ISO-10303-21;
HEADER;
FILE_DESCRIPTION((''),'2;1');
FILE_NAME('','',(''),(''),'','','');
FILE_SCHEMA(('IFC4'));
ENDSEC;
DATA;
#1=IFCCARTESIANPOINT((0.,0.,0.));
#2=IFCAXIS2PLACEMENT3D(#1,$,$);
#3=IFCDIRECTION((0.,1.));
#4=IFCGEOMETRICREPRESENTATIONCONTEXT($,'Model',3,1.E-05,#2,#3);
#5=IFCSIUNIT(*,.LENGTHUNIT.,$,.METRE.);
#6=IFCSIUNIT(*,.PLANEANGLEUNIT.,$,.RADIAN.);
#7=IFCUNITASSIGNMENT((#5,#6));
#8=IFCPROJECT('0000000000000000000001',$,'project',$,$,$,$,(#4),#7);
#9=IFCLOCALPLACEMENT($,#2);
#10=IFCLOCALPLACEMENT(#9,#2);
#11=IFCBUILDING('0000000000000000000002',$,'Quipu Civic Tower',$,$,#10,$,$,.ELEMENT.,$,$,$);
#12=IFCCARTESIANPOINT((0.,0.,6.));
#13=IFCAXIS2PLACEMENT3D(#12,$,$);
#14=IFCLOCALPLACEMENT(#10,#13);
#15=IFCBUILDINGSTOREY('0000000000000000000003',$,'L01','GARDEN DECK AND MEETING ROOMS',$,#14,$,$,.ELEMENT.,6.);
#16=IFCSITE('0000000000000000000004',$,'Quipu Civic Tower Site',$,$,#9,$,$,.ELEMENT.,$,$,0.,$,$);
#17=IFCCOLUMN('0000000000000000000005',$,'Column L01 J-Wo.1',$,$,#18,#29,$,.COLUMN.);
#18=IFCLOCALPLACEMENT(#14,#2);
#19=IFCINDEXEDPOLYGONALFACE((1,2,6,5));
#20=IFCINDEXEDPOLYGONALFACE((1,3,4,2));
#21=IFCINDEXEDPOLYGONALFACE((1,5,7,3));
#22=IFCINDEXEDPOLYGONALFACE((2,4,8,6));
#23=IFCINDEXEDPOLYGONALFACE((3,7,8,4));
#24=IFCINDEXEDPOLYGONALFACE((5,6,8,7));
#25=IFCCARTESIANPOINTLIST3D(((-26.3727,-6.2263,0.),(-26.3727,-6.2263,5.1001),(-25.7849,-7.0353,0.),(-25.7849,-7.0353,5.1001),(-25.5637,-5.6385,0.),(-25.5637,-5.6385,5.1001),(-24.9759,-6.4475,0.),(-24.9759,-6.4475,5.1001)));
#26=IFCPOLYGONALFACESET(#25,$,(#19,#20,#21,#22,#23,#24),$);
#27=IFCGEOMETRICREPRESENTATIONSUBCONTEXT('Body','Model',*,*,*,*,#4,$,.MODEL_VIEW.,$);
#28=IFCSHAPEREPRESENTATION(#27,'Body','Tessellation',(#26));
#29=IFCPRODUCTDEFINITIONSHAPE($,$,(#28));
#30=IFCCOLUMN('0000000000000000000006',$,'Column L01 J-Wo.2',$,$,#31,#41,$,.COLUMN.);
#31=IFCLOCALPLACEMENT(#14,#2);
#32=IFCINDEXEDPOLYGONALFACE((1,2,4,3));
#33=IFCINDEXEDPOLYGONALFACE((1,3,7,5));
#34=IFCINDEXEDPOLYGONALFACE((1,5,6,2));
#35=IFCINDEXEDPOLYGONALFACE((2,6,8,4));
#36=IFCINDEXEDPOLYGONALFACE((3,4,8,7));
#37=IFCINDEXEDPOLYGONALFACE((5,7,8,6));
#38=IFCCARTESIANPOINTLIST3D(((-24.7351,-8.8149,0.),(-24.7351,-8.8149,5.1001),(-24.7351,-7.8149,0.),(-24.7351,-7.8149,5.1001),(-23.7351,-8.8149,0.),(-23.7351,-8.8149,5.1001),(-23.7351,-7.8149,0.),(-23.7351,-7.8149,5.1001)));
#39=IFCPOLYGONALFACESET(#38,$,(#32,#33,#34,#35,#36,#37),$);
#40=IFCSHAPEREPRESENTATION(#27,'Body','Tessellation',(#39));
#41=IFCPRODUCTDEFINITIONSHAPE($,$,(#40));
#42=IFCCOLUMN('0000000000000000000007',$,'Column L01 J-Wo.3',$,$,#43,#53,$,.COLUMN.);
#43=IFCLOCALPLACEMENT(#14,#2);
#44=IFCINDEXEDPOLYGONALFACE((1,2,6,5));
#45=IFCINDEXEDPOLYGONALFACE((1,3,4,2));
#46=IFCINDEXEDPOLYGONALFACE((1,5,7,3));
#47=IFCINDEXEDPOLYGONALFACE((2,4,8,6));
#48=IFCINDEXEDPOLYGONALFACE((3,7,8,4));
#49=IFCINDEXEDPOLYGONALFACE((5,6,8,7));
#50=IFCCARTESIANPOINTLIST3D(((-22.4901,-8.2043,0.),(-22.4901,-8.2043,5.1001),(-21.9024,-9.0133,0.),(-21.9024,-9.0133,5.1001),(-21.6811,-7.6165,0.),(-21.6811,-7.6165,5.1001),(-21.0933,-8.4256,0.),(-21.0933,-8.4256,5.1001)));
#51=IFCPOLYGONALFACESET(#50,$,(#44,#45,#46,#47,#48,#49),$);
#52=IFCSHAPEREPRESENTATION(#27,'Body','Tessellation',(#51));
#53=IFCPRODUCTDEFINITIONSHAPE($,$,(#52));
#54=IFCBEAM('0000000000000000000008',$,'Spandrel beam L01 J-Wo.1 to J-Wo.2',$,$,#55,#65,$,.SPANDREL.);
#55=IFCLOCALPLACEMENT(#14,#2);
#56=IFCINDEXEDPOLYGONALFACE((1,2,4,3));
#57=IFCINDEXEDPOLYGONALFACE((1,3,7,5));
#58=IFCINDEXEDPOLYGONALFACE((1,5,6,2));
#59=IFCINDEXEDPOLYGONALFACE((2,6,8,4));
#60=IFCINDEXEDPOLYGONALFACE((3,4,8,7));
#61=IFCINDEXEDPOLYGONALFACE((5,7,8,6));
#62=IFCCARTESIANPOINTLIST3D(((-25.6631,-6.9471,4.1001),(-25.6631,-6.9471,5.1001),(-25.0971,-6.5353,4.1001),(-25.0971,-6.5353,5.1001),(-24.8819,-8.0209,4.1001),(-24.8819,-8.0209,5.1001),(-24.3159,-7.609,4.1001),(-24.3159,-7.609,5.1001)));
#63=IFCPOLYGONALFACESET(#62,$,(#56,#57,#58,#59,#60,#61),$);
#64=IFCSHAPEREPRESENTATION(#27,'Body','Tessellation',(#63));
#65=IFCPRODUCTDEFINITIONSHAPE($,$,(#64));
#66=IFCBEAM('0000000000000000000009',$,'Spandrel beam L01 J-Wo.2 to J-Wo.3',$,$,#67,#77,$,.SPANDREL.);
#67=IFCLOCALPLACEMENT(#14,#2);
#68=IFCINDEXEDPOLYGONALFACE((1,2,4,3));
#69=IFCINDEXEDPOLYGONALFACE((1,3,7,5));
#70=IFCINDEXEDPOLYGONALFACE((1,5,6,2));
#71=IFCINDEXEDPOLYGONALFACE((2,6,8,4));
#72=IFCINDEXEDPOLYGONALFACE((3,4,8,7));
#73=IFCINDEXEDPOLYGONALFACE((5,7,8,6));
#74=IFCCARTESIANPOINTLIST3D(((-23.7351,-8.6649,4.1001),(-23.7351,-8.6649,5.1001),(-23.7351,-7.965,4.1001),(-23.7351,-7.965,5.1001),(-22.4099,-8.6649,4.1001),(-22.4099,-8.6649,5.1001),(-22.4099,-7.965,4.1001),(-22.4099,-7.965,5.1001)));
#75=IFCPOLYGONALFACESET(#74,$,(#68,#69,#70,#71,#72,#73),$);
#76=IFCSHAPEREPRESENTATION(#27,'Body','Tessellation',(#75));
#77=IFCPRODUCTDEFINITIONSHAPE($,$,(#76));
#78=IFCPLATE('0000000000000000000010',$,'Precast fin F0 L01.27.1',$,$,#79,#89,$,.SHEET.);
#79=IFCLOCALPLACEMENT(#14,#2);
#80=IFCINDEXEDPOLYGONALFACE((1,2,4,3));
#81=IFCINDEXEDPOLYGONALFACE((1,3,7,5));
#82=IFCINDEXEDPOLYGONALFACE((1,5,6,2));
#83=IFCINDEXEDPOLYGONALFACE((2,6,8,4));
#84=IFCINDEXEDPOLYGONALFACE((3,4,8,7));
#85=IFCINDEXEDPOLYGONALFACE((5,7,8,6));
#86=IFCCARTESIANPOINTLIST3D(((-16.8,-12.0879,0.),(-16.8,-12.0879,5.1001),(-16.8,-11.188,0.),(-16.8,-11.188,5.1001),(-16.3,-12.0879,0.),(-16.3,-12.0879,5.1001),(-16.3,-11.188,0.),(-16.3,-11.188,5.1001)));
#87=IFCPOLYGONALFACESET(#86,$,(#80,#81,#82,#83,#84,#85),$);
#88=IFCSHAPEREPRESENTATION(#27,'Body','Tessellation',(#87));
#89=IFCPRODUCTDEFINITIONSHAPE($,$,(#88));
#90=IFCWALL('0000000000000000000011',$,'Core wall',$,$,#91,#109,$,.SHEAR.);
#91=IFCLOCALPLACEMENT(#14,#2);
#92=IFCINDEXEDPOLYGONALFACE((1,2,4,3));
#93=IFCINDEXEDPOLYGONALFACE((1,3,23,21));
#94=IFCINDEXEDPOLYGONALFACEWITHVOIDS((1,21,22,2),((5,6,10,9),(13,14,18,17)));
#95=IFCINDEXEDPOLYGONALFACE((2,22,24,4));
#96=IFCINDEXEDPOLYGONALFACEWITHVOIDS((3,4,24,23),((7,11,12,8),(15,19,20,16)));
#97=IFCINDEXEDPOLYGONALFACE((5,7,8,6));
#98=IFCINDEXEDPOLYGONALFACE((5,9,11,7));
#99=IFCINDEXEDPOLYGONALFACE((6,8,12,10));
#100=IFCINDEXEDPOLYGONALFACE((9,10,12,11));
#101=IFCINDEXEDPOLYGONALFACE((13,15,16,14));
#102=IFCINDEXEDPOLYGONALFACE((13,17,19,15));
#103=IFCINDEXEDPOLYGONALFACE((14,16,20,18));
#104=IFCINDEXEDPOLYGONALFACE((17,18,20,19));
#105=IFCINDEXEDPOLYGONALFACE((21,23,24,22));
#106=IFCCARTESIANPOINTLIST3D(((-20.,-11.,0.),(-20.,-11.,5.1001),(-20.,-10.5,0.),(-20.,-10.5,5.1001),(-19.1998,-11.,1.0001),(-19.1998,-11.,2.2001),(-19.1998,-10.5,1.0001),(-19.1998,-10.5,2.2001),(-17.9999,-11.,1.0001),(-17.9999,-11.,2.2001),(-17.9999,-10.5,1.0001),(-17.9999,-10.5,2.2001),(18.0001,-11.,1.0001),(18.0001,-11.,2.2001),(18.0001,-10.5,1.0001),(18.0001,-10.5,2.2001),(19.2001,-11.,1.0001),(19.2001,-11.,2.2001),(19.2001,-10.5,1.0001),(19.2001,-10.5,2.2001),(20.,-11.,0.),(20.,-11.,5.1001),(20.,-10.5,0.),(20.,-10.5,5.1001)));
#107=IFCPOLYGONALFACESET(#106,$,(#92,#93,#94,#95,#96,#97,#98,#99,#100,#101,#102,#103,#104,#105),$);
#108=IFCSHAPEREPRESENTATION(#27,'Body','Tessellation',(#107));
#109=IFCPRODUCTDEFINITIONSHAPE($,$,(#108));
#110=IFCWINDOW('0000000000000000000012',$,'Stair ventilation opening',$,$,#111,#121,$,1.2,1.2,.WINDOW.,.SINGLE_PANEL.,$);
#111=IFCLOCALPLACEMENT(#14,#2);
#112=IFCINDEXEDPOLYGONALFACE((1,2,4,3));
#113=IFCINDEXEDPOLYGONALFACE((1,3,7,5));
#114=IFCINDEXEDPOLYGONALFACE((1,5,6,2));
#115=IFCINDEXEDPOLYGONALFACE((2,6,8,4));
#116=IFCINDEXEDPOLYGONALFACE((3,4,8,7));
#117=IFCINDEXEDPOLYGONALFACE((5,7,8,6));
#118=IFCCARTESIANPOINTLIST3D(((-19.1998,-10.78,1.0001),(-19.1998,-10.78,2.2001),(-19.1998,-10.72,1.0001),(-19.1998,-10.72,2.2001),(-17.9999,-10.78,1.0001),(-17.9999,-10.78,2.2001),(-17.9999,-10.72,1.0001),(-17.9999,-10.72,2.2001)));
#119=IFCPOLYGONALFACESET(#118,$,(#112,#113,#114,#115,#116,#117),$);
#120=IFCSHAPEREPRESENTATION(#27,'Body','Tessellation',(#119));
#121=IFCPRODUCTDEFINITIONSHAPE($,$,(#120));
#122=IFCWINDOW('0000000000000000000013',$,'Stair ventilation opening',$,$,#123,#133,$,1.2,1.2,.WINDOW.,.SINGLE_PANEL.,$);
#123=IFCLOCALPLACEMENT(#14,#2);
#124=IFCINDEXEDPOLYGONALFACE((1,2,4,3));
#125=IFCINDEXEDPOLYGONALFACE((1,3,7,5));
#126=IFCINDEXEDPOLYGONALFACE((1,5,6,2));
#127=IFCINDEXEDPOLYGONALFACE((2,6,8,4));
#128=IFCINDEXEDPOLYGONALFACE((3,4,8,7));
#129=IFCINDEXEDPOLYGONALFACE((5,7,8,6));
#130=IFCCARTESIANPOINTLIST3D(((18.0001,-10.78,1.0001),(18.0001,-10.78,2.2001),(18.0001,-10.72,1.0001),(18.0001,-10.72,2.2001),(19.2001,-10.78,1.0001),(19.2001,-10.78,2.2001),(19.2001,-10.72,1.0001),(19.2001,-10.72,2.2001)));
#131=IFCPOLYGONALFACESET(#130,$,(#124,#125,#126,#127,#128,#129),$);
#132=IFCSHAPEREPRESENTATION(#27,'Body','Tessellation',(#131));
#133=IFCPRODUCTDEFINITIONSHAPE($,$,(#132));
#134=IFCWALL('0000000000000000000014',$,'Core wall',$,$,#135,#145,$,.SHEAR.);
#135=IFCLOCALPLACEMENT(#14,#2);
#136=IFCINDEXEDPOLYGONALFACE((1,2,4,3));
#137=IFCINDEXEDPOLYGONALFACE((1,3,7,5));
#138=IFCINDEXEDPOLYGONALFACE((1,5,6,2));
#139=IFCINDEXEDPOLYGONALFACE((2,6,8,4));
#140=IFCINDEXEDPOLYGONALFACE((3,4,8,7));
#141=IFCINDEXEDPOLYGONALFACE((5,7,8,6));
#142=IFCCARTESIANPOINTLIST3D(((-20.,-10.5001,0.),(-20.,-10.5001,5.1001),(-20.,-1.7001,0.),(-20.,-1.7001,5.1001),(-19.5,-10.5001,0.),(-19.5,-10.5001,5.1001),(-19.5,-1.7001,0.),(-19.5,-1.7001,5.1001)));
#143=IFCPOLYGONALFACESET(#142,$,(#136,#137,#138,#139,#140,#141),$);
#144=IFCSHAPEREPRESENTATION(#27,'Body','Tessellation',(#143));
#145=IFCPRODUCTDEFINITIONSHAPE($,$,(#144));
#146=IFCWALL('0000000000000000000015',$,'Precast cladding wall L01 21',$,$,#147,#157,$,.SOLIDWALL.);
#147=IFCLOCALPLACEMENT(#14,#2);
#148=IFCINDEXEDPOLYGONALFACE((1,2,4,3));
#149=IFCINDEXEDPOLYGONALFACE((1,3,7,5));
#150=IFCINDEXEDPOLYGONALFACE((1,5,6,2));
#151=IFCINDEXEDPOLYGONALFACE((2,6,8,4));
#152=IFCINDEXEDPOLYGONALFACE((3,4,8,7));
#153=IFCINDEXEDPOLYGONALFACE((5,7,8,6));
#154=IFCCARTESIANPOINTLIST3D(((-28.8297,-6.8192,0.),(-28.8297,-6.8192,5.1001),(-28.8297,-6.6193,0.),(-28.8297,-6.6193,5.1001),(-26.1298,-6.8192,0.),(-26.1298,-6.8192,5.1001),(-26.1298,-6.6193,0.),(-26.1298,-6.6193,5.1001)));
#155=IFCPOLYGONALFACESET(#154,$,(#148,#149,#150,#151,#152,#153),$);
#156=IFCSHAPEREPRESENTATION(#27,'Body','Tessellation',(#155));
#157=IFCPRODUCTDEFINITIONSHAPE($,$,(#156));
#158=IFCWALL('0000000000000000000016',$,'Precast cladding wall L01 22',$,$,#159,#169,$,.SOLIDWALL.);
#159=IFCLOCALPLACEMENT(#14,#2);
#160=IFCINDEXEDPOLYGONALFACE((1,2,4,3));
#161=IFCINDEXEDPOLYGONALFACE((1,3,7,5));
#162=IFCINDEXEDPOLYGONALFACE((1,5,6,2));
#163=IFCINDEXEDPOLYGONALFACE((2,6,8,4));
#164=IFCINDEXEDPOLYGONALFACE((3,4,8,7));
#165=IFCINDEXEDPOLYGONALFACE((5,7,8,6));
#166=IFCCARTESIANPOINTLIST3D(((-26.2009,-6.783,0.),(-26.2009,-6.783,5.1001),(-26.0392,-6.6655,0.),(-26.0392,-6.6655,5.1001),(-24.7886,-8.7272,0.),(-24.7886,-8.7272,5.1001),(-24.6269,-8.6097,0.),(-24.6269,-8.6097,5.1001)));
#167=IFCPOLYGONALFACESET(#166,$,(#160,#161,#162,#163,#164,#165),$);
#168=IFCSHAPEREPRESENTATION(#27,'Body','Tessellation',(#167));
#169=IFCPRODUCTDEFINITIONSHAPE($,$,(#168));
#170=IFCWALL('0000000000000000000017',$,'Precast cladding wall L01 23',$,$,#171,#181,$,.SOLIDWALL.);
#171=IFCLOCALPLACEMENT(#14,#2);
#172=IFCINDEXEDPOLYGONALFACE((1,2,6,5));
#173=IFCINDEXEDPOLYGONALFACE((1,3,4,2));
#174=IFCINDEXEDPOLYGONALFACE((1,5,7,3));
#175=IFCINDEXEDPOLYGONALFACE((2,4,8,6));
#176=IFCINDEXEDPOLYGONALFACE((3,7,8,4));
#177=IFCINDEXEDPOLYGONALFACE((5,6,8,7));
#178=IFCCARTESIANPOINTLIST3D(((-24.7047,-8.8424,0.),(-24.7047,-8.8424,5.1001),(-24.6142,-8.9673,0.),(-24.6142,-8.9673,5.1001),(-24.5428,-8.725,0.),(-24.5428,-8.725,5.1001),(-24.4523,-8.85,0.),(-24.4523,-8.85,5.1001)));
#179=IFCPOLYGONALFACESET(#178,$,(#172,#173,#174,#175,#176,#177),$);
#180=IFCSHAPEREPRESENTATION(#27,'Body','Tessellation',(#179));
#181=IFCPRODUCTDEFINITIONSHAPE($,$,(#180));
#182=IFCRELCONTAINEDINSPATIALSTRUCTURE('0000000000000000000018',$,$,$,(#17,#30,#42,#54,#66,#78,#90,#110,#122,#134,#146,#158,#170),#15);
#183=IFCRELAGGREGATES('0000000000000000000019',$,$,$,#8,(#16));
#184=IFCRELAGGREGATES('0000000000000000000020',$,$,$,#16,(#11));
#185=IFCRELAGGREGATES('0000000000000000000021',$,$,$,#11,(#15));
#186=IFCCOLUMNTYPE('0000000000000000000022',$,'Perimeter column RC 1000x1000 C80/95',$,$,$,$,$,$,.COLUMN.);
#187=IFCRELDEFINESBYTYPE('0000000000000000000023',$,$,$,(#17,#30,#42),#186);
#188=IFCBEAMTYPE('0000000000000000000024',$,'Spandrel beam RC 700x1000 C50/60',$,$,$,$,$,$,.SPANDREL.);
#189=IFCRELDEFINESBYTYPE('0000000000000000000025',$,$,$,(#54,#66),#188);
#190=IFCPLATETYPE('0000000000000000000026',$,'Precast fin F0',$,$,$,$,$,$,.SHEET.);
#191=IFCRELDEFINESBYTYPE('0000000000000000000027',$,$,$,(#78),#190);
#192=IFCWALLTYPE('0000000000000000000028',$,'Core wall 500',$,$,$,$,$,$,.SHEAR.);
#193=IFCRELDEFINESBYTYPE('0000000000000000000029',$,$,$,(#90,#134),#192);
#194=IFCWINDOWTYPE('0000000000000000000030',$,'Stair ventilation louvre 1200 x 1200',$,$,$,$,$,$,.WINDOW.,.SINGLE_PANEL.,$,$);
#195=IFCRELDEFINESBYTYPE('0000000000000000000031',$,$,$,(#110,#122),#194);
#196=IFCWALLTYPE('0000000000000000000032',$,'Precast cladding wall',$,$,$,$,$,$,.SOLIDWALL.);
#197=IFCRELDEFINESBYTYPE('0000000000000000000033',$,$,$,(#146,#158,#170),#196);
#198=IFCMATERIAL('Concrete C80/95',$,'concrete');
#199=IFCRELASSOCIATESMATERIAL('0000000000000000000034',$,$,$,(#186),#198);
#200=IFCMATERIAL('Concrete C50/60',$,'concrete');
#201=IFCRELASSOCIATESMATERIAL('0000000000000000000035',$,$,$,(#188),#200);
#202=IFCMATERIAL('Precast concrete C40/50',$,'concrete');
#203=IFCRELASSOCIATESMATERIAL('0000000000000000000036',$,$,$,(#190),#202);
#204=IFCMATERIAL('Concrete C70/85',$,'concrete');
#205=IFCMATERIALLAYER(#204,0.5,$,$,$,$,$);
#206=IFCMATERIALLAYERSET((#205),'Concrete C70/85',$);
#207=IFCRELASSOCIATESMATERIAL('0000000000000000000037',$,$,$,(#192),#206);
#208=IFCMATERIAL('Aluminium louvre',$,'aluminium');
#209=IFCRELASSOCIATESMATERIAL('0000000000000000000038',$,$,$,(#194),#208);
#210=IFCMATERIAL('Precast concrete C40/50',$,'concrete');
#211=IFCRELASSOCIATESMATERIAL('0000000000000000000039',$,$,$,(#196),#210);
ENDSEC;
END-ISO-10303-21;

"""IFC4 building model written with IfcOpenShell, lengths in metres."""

from ifc_helpers import new_model, si_unit, direction, frame, frame_2d, origin, origin_2d, place, context, subcontext, project, spatial, rectangle, extrude, material, layer, layer_set, material_profile, profile_set, type_object, element, fill, save


model = new_model("IFC4")

# Units and contexts
model_context = context("Model", 3, precision=1e-05, world=origin(), true_north=direction((0.0, 1.0)))
body_context = subcontext(model_context, "Body", "Model", "MODEL_VIEW")
ifc_project = project(units=[si_unit("LENGTHUNIT", "METRE"), si_unit("PLANEANGLEUNIT", "RADIAN")], contexts=[model_context])

# Site, building, storey
site_placement = place(None, origin())
site = spatial("IfcSite", under=ifc_project, at=site_placement, Name="Quipu Civic Tower Site", CompositionType="ELEMENT", RefElevation=0.0)
building_placement = place(site_placement, origin())
building = spatial("IfcBuilding", under=site, at=building_placement, Name="Quipu Civic Tower", CompositionType="ELEMENT")
storey_placement = place(building_placement, frame((0.0, 0.0, 6.0)))
storey = spatial("IfcBuildingStorey", under=building, at=storey_placement, Name="L01", Description="GARDEN DECK AND MEETING ROOMS", CompositionType="ELEMENT", Elevation=6.0)

# Columns
ifc_material_1 = material(Name="Concrete C80/95", Category="concrete")
ifc_material_profile_1 = material_profile(ifc_material_1, rectangle(XDim=1.0, YDim=1.0, at=origin_2d()), Name="RC1000x1000")
ifc_profile_set_1 = profile_set([ifc_material_profile_1], Name="Concrete C80/95")
column_type = type_object("IfcColumnType", Name="Perimeter column RC 1000x1000 C80/95", PredefinedType="COLUMN", material=ifc_profile_set_1)
for number, where, z_axis, x_axis, name in (
    (1, (-25.6743, -6.3369, 0.0), (0.0, 0.0, 1.0), (0.587785, -0.809017, 0.0), "Column L01 J-Wo.1"),
    (2, (-24.2351, -8.3149, 0.0), (0.0, 0.0, 1.0), (1.0, 0.0, 0.0), "Column L01 J-Wo.2"),
    (3, (-21.7917, -8.3149, 0.0), (0.0, 0.0, 1.0), (0.587785, -0.809017, 0.0), "Column L01 J-Wo.3"),
):
    element("IfcColumn", number, at=place(storey_placement, frame(where, z_axis=z_axis, x_axis=x_axis)), inside=storey, type_object=column_type, Name=name, PredefinedType="COLUMN", context=body_context, shape_type="SweptSolid", body=[
        extrude(rectangle(XDim=1.0, YDim=1.0, at=origin_2d()), origin(), (0.0, 0.0, 1.0), 5.1001),
    ])

# Beams
ifc_material_2 = material(Name="Concrete C50/60", Category="concrete")
ifc_material_profile_2 = material_profile(ifc_material_2, rectangle(XDim=0.7, YDim=1.0, at=origin_2d()), Name="RC700x1000")
ifc_profile_set_2 = profile_set([ifc_material_profile_2], Name="Concrete C50/60")
beam_type = type_object("IfcBeamType", Name="Spandrel beam RC 700x1000 C50/60", PredefinedType="SPANDREL", material=ifc_profile_set_2)
beam_1_placement = place(storey_placement, frame((-25.3801, -6.7412, 4.6001), z_axis=(0.588347, -0.808609, 0.0), x_axis=(0.808609, 0.588347, 0.0)))
element("IfcBeam", 4, at=beam_1_placement, inside=storey, type_object=beam_type, Name="Spandrel beam L01 J-Wo.1 to J-Wo.2", PredefinedType="SPANDREL", context=body_context, shape_type="SweptSolid", body=[
    extrude(rectangle(XDim=0.7, YDim=1.0, at=origin_2d()), origin(), (0.0, 0.0, 1.0), 1.3279),
])
beam_2_placement = place(storey_placement, frame((-23.7351, -8.3149, 4.6001), z_axis=(1.0, 0.0, 0.0), x_axis=(0.0, 1.0, 0.0)))
element("IfcBeam", 5, at=beam_2_placement, inside=storey, type_object=beam_type, Name="Spandrel beam L01 J-Wo.2 to J-Wo.3", PredefinedType="SPANDREL", context=body_context, shape_type="SweptSolid", body=[
    extrude(rectangle(XDim=0.7, YDim=1.0, at=origin_2d()), origin(), (0.0, 0.0, 1.0), 1.3252),
])

# Plate
ifc_material_3 = material(Name="Precast concrete C40/50", Category="concrete")
plate_type = type_object("IfcPlateType", Name="Precast fin F0", PredefinedType="SHEET", material=ifc_material_3)
plate_placement = place(storey_placement, frame((-16.55, -11.6379, 0.0), z_axis=(0.0, 0.0, 1.0), x_axis=(1.0, 0.0, 0.0)))
element("IfcPlate", 6, at=plate_placement, inside=storey, type_object=plate_type, Name="Precast fin F0 L01.27.1", PredefinedType="SHEET", context=body_context, shape_type="SweptSolid", body=[
    extrude(rectangle(XDim=0.5, YDim=0.8999, at=origin_2d()), origin(), (0.0, 0.0, 1.0), 5.1001),
])

# Wall, openings, windows
ifc_material_4 = material(Name="Concrete C70/85", Category="concrete")
ifc_layer = layer(ifc_material_4, 0.5)
ifc_layer_set = layer_set([ifc_layer], Name="Concrete C70/85")
wall_type_1 = type_object("IfcWallType", Name="Core wall 500", PredefinedType="SHEAR", material=ifc_layer_set)
wall_1_placement = place(storey_placement, frame((-20.0, -10.75, 0.0), z_axis=(0.0, 0.0, 1.0), x_axis=(1.0, 0.0, 0.0)))
wall_1 = element("IfcWall", 7, at=wall_1_placement, inside=storey, type_object=wall_type_1, Name="Core wall", PredefinedType="SHEAR", context=body_context, shape_type="SweptSolid", body=[
    extrude(rectangle(XDim=40.0, YDim=0.5, at=frame_2d((20.0, 0.0))), origin(), (0.0, 0.0, 1.0), 5.1001),
])
opening_1_placement = place(wall_1_placement, frame((0.8, 0.0, 1.0)))
opening_1 = element("IfcOpeningElement", 8, at=opening_1_placement, cuts=wall_1, PredefinedType="OPENING", context=body_context, shape_type="SweptSolid", body=[
    extrude(rectangle(XDim=1.2, YDim=1.2, at=frame_2d((0.6001, 0.6001))), frame((0.0, 0.26, 0.0), z_axis=(0.0, -1.0, 0.0), x_axis=(1.0, 0.0, 0.0)), (0.0, 0.0, 1.0), 0.52),
])
opening_2_placement = place(wall_1_placement, frame((38.0, 0.0, 1.0)))
opening_2 = element("IfcOpeningElement", 9, at=opening_2_placement, cuts=wall_1, PredefinedType="OPENING", context=body_context, shape_type="SweptSolid", body=[
    extrude(rectangle(XDim=1.2, YDim=1.2, at=frame_2d((0.6001, 0.6001))), frame((0.0, 0.26, 0.0), z_axis=(0.0, -1.0, 0.0), x_axis=(1.0, 0.0, 0.0)), (0.0, 0.0, 1.0), 0.52),
])
ifc_material_5 = material(Name="Aluminium louvre", Category="aluminium")
window_type = type_object("IfcWindowType", Name="Stair ventilation louvre 1200 x 1200", PartitioningType="SINGLE_PANEL", PredefinedType="WINDOW", material=ifc_material_5)
window_1_placement = place(opening_1_placement, origin())
window_1 = element("IfcWindow", 10, at=window_1_placement, inside=storey, type_object=window_type, Name="Stair ventilation opening", OverallHeight=1.2, OverallWidth=1.2, PartitioningType="SINGLE_PANEL", PredefinedType="WINDOW", context=body_context, shape_type="SweptSolid", body=[
    extrude(rectangle(XDim=1.2, YDim=1.2, at=frame_2d((0.6001, 0.6001))), frame((0.0, 0.03, 0.0), z_axis=(0.0, -1.0, 0.0), x_axis=(1.0, 0.0, 0.0)), (0.0, 0.0, 1.0), 0.0601),
])
fill(opening_1, window_1)
window_2_placement = place(opening_2_placement, origin())
window_2 = element("IfcWindow", 11, at=window_2_placement, inside=storey, type_object=window_type, Name="Stair ventilation opening", OverallHeight=1.2, OverallWidth=1.2, PartitioningType="SINGLE_PANEL", PredefinedType="WINDOW", context=body_context, shape_type="SweptSolid", body=[
    extrude(rectangle(XDim=1.2, YDim=1.2, at=frame_2d((0.6001, 0.6001))), frame((0.0, 0.03, 0.0), z_axis=(0.0, -1.0, 0.0), x_axis=(1.0, 0.0, 0.0)), (0.0, 0.0, 1.0), 0.0601),
])
fill(opening_2, window_2)

# Walls
wall_2_placement = place(storey_placement, frame((-19.75, -10.5, 0.0), z_axis=(0.0, 0.0, 1.0), x_axis=(0.0, 1.0, 0.0)))
element("IfcWall", 12, at=wall_2_placement, inside=storey, type_object=wall_type_1, Name="Core wall", PredefinedType="SHEAR", context=body_context, shape_type="SweptSolid", body=[
    extrude(rectangle(XDim=8.8, YDim=0.5, at=frame_2d((4.3999, 0.0))), origin(), (0.0, 0.0, 1.0), 5.1001),
])
ifc_material_6 = material(Name="Precast concrete C40/50", Category="concrete")
wall_type_2 = type_object("IfcWallType", Name="Precast cladding wall", PredefinedType="SOLIDWALL", material=ifc_material_6)
wall_3_placement = place(storey_placement, frame((-28.8298, -6.7192, 0.0), z_axis=(0.0, 0.0, 1.0), x_axis=(1.0, 0.0, 0.0)))
element("IfcWall", 13, at=wall_3_placement, inside=storey, type_object=wall_type_2, Name="Precast cladding wall L01 21", PredefinedType="SOLIDWALL", context=body_context, shape_type="SweptSolid", body=[
    extrude(rectangle(XDim=2.7, YDim=0.2, at=frame_2d((1.3501, 0.0))), origin(), (0.0, 0.0, 1.0), 5.1001),
])
wall_4_placement = place(storey_placement, frame((-26.1201, -6.7241, 0.0), z_axis=(0.0, 0.0, 1.0), x_axis=(0.587706, -0.809074, 0.0)))
element("IfcWall", 14, at=wall_4_placement, inside=storey, type_object=wall_type_2, Name="Precast cladding wall L01 22", PredefinedType="SOLIDWALL", context=body_context, shape_type="SweptSolid", body=[
    extrude(rectangle(XDim=2.4031, YDim=0.2, at=frame_2d((1.2017, 0.0))), origin(), (0.0, 0.0, 1.0), 5.1001),
])
wall_5_placement = place(storey_placement, frame((-24.6238, -8.7837, 0.0), z_axis=(0.0, 0.0, 1.0), x_axis=(0.58676, -0.809761, 0.0)))
element("IfcWall", 15, at=wall_5_placement, inside=storey, type_object=wall_type_2, Name="Precast cladding wall L01 23", PredefinedType="SOLIDWALL", context=body_context, shape_type="SweptSolid", body=[
    extrude(rectangle(XDim=0.1543, YDim=0.2, at=frame_2d((0.0771, 0.0))), origin(), (0.0, 0.0, 1.0), 5.1001),
])

save(model, "model.ifc")
